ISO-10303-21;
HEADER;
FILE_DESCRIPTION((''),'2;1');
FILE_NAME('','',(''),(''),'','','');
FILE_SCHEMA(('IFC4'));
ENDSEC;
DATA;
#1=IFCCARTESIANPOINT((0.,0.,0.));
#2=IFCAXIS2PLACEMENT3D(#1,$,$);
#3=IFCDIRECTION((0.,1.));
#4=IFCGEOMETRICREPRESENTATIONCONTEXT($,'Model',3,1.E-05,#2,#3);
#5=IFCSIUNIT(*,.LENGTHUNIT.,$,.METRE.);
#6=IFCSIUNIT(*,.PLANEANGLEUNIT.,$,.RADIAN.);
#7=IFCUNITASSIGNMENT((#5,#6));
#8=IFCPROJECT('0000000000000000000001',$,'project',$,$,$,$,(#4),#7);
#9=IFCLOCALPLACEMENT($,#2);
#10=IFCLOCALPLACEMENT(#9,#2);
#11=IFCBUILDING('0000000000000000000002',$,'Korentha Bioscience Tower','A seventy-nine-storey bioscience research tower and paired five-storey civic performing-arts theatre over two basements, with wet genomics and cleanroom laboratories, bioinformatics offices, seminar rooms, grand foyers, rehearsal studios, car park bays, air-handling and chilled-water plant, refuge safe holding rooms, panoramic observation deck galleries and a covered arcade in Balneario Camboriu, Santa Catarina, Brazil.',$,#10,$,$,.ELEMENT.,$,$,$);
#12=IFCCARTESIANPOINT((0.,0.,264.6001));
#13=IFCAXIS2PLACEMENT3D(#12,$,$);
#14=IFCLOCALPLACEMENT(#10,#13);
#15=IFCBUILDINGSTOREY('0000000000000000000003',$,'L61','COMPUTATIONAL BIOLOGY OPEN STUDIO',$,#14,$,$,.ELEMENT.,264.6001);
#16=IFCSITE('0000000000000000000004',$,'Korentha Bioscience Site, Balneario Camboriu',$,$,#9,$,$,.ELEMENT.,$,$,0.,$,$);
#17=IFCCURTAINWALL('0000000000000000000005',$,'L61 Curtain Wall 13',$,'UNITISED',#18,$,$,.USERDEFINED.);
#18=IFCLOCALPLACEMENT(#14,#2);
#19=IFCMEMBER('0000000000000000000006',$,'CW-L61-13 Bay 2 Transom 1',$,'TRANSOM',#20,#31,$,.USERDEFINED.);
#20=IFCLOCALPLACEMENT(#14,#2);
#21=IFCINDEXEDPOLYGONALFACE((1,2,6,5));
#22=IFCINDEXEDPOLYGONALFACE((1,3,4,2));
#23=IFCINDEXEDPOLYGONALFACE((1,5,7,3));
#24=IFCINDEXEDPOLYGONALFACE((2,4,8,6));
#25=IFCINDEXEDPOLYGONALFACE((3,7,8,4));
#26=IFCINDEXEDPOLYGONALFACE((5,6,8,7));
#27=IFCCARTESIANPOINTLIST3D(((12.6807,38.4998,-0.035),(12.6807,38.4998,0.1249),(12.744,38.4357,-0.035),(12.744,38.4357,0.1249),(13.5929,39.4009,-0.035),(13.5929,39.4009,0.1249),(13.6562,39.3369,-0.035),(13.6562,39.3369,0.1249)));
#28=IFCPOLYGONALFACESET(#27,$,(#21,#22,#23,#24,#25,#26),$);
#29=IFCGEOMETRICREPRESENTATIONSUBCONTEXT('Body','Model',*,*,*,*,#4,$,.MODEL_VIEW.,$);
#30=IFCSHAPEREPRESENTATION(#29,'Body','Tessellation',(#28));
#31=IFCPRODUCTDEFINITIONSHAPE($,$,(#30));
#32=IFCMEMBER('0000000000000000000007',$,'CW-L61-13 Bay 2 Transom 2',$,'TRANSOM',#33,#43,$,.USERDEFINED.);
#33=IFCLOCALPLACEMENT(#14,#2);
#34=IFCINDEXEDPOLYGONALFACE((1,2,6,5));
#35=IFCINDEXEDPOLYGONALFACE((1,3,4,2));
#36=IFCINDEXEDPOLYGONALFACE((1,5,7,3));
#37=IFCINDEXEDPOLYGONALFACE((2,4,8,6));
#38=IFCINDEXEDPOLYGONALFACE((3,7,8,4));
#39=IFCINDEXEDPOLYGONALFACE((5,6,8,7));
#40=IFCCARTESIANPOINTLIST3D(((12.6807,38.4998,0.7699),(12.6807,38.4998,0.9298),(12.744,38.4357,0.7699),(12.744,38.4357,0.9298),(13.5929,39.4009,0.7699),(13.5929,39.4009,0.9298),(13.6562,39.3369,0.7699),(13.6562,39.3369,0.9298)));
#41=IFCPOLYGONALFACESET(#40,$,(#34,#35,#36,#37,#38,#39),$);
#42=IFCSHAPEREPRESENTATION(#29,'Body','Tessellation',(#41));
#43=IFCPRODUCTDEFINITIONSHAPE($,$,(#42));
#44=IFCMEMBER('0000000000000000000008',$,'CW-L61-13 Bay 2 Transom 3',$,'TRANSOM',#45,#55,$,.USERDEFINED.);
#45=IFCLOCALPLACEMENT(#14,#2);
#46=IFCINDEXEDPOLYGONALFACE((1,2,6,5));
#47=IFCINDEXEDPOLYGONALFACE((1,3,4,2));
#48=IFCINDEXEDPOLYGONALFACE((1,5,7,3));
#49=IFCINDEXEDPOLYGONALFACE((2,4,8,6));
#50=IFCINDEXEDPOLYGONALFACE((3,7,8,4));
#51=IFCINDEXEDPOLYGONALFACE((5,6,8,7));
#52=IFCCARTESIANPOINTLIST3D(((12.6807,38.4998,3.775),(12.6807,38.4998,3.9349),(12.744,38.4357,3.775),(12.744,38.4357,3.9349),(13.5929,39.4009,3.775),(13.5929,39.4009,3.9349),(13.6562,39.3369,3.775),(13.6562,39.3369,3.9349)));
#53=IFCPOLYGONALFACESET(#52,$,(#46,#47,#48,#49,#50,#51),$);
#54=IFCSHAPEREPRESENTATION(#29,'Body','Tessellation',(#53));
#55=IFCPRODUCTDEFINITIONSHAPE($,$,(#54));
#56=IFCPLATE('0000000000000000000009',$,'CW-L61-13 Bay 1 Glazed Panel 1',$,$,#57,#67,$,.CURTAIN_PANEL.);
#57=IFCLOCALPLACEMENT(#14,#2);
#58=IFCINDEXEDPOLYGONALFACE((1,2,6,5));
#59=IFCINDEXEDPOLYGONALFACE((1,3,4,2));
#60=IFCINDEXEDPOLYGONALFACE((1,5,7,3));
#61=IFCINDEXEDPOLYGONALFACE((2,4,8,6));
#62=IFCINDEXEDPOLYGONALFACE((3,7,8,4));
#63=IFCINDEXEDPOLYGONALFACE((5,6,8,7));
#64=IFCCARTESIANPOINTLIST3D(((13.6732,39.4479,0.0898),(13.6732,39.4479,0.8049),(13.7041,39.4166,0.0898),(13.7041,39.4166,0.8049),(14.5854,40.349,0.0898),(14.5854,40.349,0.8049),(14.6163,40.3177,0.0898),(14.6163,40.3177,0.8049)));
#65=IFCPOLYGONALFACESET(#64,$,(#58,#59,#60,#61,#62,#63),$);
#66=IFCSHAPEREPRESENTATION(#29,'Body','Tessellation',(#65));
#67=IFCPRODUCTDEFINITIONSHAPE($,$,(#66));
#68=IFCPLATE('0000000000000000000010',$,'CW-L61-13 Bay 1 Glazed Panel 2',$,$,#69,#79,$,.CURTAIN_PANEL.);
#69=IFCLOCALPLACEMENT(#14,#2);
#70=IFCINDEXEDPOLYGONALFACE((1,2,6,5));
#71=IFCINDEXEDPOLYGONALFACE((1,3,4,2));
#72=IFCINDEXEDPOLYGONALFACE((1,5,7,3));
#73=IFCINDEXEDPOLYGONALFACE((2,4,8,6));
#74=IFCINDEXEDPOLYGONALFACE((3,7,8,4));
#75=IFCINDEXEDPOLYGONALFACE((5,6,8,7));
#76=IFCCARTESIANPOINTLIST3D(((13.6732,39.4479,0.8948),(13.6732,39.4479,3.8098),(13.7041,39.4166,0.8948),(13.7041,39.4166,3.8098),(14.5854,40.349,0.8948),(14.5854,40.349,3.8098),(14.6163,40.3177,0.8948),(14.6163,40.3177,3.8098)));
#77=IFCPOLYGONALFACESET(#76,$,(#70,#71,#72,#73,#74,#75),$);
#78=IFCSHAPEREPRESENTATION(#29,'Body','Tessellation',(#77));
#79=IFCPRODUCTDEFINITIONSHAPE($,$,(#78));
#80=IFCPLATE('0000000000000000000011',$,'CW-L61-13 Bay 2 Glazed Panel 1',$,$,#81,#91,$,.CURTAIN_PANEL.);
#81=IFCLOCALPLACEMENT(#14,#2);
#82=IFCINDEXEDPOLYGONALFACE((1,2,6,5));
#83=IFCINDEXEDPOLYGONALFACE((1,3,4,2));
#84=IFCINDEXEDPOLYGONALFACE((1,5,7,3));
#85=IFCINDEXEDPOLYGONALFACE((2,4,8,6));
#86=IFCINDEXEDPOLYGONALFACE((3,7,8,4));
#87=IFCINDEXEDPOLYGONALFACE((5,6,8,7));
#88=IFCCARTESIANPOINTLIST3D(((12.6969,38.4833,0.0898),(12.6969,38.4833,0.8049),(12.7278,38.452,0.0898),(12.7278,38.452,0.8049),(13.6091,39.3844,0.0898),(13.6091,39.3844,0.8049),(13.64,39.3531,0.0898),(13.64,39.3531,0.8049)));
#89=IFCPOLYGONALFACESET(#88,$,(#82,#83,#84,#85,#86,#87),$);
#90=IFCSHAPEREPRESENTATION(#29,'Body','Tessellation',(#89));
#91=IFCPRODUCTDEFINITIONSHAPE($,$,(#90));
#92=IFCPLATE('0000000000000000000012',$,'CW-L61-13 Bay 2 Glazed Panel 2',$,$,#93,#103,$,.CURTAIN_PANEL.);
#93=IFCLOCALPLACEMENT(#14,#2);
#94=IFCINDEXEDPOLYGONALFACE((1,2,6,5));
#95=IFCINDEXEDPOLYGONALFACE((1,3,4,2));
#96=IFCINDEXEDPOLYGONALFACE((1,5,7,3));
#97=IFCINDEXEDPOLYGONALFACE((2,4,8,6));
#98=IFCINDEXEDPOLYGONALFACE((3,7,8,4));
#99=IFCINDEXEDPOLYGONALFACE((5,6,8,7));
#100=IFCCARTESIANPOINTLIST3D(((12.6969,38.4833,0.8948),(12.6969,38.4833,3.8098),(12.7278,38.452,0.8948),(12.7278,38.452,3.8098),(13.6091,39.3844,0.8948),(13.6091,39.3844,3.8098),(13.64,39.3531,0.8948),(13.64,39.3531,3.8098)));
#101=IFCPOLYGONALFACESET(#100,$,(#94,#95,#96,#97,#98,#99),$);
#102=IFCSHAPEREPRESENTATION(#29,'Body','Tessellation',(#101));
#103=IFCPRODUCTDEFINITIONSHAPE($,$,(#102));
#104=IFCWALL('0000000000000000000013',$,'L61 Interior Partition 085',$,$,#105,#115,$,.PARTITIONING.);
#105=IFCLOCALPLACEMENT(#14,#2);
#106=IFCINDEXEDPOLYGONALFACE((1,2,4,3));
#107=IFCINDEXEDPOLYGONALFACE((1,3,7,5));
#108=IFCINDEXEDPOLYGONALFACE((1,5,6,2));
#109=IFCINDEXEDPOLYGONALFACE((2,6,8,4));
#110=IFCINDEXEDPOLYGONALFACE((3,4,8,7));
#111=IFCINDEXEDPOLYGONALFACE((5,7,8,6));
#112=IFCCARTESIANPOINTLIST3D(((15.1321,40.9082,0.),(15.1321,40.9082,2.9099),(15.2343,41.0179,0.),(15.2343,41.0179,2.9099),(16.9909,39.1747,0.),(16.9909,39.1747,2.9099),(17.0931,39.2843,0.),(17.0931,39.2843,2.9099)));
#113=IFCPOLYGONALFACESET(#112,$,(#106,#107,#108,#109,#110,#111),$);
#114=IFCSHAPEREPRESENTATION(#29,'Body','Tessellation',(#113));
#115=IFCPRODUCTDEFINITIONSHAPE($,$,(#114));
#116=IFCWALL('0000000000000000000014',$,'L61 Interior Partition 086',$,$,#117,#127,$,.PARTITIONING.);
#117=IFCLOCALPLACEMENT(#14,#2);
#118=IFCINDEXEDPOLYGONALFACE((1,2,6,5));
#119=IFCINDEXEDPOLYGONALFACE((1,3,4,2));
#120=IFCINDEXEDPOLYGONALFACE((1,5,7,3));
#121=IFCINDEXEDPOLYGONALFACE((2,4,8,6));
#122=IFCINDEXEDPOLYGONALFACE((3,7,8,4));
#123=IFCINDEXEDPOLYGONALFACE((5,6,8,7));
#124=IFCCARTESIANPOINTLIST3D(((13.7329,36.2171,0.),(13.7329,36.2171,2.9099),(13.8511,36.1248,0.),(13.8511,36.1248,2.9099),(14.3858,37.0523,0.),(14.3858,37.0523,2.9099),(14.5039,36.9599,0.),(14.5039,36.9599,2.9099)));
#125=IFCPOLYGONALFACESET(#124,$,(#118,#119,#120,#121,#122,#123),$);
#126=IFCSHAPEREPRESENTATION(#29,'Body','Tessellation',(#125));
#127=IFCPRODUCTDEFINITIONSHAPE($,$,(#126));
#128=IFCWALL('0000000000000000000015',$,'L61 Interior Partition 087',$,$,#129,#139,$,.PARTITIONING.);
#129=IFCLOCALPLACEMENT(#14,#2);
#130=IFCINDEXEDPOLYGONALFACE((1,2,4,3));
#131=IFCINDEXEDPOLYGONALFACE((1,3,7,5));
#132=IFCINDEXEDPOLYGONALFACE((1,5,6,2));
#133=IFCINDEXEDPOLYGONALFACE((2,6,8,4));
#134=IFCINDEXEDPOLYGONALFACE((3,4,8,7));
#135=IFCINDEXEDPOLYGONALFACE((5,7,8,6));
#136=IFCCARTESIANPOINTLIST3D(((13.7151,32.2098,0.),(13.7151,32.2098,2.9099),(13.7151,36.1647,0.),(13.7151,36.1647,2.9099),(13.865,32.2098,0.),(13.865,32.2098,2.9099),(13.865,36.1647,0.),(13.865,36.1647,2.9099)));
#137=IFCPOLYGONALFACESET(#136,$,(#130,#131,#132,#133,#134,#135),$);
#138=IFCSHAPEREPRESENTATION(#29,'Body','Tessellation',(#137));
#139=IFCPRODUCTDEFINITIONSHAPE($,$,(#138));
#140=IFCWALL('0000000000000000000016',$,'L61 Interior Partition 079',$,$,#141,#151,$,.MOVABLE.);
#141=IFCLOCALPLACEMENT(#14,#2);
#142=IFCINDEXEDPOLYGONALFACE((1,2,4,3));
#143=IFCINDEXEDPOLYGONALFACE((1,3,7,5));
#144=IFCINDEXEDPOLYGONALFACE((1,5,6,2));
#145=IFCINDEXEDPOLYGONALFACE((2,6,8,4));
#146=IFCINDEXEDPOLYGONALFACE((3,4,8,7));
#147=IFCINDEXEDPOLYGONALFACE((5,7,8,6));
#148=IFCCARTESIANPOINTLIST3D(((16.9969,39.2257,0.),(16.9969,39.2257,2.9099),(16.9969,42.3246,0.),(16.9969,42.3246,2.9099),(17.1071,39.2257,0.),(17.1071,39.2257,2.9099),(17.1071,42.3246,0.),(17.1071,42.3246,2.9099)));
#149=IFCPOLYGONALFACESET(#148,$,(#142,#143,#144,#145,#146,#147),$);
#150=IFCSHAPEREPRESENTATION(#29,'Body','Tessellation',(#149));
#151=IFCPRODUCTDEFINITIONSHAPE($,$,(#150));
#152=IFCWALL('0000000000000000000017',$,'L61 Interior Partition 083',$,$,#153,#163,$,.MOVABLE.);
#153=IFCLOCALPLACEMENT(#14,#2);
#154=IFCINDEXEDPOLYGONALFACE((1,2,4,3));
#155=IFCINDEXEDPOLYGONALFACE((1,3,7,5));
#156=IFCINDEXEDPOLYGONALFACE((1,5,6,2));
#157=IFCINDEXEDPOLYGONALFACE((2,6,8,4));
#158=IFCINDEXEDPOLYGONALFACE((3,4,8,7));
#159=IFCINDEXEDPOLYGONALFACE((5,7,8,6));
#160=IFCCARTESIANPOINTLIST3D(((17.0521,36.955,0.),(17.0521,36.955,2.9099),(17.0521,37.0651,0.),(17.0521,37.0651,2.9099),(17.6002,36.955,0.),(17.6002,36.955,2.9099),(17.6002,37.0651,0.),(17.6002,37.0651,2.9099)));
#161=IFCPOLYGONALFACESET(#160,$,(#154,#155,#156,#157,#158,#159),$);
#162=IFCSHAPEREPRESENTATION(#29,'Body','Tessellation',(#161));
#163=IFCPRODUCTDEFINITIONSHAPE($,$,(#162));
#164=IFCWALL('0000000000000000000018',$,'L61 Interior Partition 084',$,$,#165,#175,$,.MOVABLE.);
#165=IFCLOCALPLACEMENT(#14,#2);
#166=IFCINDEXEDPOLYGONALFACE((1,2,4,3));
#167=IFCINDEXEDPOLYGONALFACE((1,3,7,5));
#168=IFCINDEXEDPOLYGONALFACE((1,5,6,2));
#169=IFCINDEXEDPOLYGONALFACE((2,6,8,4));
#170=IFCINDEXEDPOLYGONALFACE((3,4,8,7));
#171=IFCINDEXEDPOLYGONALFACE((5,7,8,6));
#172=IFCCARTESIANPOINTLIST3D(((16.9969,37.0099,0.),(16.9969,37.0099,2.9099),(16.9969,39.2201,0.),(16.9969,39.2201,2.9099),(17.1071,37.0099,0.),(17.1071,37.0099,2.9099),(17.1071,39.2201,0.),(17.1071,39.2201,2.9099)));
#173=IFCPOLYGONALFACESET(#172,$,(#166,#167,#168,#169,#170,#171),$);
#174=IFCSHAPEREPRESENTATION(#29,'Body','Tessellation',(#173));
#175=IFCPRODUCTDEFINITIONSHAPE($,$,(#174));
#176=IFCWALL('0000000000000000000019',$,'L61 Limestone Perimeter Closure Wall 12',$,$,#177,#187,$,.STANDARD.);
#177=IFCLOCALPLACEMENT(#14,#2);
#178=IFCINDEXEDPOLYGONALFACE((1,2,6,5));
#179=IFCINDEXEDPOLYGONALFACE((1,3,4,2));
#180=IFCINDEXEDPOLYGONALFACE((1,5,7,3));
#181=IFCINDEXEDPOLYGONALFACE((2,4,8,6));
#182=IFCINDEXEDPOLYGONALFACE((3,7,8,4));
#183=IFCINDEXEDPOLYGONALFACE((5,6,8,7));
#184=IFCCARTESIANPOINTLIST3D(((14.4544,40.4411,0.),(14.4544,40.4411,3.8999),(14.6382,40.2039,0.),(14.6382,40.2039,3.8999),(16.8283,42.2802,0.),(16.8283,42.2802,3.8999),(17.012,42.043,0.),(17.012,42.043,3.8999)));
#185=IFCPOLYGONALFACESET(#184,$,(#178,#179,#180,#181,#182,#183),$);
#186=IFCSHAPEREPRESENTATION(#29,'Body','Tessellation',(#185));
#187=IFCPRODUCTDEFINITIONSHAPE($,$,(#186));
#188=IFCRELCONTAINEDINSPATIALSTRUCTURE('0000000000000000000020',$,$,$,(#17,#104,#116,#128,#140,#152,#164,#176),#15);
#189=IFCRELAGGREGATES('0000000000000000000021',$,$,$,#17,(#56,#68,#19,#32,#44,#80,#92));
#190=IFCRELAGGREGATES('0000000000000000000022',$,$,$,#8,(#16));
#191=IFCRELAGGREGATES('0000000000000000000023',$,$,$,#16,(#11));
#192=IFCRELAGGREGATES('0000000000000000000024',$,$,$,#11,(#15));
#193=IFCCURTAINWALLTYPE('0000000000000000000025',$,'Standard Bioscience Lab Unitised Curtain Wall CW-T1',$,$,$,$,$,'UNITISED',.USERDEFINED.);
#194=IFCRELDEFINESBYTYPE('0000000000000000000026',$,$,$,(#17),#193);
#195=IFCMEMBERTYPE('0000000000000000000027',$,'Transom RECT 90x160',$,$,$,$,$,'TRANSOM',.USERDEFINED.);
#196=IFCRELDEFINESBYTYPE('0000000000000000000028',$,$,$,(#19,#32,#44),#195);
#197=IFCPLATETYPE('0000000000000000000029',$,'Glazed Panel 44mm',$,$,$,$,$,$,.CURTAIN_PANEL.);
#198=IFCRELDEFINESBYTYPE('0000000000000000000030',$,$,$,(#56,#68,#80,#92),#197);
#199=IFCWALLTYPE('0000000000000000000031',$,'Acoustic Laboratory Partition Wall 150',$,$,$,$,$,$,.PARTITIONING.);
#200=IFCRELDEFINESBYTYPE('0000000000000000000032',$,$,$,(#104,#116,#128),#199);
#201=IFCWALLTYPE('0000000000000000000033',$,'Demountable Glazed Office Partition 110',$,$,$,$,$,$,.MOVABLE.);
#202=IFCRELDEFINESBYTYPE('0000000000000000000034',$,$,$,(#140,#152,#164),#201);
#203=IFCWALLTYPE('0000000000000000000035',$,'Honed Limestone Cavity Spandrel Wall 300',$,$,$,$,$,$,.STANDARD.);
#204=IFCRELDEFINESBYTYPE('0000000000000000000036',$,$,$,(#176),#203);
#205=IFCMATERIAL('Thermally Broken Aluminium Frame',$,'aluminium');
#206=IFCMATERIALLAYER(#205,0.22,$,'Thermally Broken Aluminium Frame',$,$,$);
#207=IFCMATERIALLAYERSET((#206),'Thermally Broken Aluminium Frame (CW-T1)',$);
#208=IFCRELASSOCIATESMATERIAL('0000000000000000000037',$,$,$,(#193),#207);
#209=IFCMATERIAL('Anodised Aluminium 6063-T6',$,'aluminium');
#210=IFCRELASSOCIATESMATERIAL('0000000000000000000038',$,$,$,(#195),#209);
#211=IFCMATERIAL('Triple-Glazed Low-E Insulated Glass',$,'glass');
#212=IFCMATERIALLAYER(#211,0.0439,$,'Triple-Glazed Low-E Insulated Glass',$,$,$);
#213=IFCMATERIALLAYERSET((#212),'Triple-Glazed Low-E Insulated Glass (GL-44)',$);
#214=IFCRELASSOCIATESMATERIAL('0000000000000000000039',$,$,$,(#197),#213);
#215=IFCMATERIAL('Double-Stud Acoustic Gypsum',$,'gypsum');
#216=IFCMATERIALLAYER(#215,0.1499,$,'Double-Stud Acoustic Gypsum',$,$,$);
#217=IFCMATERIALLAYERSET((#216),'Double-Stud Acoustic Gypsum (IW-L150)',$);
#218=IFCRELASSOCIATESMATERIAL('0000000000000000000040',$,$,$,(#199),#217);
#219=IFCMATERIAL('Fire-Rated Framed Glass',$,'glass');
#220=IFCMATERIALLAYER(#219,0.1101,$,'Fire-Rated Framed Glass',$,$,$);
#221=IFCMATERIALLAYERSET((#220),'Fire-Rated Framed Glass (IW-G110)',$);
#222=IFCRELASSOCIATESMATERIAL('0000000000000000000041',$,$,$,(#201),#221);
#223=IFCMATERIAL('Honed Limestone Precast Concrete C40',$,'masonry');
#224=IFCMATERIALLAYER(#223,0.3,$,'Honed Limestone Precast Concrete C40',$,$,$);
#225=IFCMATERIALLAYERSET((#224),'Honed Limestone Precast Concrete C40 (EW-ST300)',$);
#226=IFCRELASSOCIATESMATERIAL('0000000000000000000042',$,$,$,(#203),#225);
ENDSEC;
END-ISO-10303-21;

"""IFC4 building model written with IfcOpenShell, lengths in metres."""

from ifc_helpers import new_model, si_unit, direction, frame, frame_2d, origin, origin_2d, place, context, subcontext, project, spatial, rectangle, extrude, material, layer, layer_set, material_profile, profile_set, type_object, element, aggregate, save


model = new_model("IFC4")

# Units and contexts
model_context = context("Model", 3, precision=1e-05, world=origin(), true_north=direction((0.0, 1.0)))
body_context = subcontext(model_context, "Body", "Model", "MODEL_VIEW")
ifc_project = project(units=[si_unit("LENGTHUNIT", "METRE"), si_unit("PLANEANGLEUNIT", "RADIAN")], contexts=[model_context])

# Site, building, storey
site_placement = place(None, origin())
site = spatial("IfcSite", under=ifc_project, at=site_placement, Name="Korentha Bioscience Site, Balneario Camboriu", CompositionType="ELEMENT", RefElevation=0.0)
building_placement = place(site_placement, origin())
building = spatial("IfcBuilding", under=site, at=building_placement, Name="Korentha Bioscience Tower", Description="A seventy-nine-storey bioscience research tower and paired five-storey civic performing-arts theatre over two basements, with wet genomics and cleanroom laboratories, bioinformatics offices, seminar rooms, grand foyers, rehearsal studios, car park bays, air-handling and chilled-water plant, refuge safe holding rooms, panoramic observation deck galleries and a covered arcade in Balneario Camboriu, Santa Catarina, Brazil.", CompositionType="ELEMENT")
storey_placement = place(building_placement, frame((0.0, 0.0, 264.6001)))
storey = spatial("IfcBuildingStorey", under=building, at=storey_placement, Name="L61", Description="COMPUTATIONAL BIOLOGY OPEN STUDIO", CompositionType="ELEMENT", Elevation=264.6001)

# Curtain wall
ifc_material_1 = material(Name="Thermally Broken Aluminium Frame", Category="aluminium")
ifc_layer_1 = layer(ifc_material_1, 0.22, Name="Thermally Broken Aluminium Frame")
ifc_layer_set_1 = layer_set([ifc_layer_1], Name="Thermally Broken Aluminium Frame (CW-T1)")
curtain_wall_type = type_object("IfcCurtainWallType", Name="Standard Bioscience Lab Unitised Curtain Wall CW-T1", ElementType="UNITISED", PredefinedType="USERDEFINED", material=ifc_layer_set_1)
curtain_wall_placement = place(storey_placement, origin())
curtain_wall = element("IfcCurtainWall", 1, at=curtain_wall_placement, inside=storey, type_object=curtain_wall_type, Name="L61 Curtain Wall 13", ObjectType="UNITISED", PredefinedType="USERDEFINED")
ifc_material_2 = material(Name="Anodised Aluminium 6063-T6", Category="aluminium")

# Members
ifc_material_profile_1 = material_profile(ifc_material_2, rectangle(XDim=0.0901, YDim=0.1599, at=origin_2d()), Name="Anodised Aluminium 6063-T6")
ifc_profile_set_1 = profile_set([ifc_material_profile_1], Name="Anodised Aluminium 6063-T6 (CW-TRN)")
member_type_1 = type_object("IfcMemberType", Name="Transom RECT 90x160", ElementType="TRANSOM", PredefinedType="USERDEFINED", material=ifc_profile_set_1)
member_1_placement = place(storey_placement, frame((13.6245, 39.3689, 0.0449), z_axis=(-0.711378, -0.70281, 0.0), x_axis=(0.70281, -0.711378, 0.0)))
member_1 = element("IfcMember", 2, at=member_1_placement, type_object=member_type_1, Name="CW-L61-13 Bay 2 Transom 1", ObjectType="TRANSOM", PredefinedType="USERDEFINED", context=body_context, shape_type="SweptSolid", body=[
    extrude(rectangle(XDim=0.0901, YDim=0.1599, at=origin_2d()), origin(), (0.0, 0.0, 1.0), 1.2822),
])
member_2_placement = place(storey_placement, frame((13.6245, 39.3689, 0.8499), z_axis=(-0.711378, -0.70281, 0.0), x_axis=(0.70281, -0.711378, 0.0)))
member_2 = element("IfcMember", 3, at=member_2_placement, type_object=member_type_1, Name="CW-L61-13 Bay 2 Transom 2", ObjectType="TRANSOM", PredefinedType="USERDEFINED", context=body_context, shape_type="SweptSolid", body=[
    extrude(rectangle(XDim=0.0901, YDim=0.1599, at=origin_2d()), origin(), (0.0, 0.0, 1.0), 1.2822),
])
member_3_placement = place(storey_placement, frame((13.6245, 39.3689, 3.855), z_axis=(-0.711378, -0.70281, 0.0), x_axis=(0.70281, -0.711378, 0.0)))
member_3 = element("IfcMember", 4, at=member_3_placement, type_object=member_type_1, Name="CW-L61-13 Bay 2 Transom 3", ObjectType="TRANSOM", PredefinedType="USERDEFINED", context=body_context, shape_type="SweptSolid", body=[
    extrude(rectangle(XDim=0.0901, YDim=0.1599, at=origin_2d()), origin(), (0.0, 0.0, 1.0), 1.2822),
])

# Plates
ifc_material_3 = material(Name="Triple-Glazed Low-E Insulated Glass", Category="glass")
ifc_layer_2 = layer(ifc_material_3, 0.0439, Name="Triple-Glazed Low-E Insulated Glass")
ifc_layer_set_2 = layer_set([ifc_layer_2], Name="Triple-Glazed Low-E Insulated Glass (GL-44)")
plate_type = type_object("IfcPlateType", Name="Glazed Panel 44mm", PredefinedType="CURTAIN_PANEL", material=ifc_layer_set_2)
plate_1_placement = place(storey_placement, frame((14.1448, 39.8828, 0.0898), z_axis=(0.0, 0.0, 1.0), x_axis=(-0.711398, -0.70279, 0.0)))
plate_1 = element("IfcPlate", 5, at=plate_1_placement, type_object=plate_type, Name="CW-L61-13 Bay 1 Glazed Panel 1", PredefinedType="CURTAIN_PANEL", context=body_context, shape_type="SweptSolid", body=[
    extrude(rectangle(XDim=1.2822, YDim=0.0439, at=origin_2d()), origin(), (0.0, 0.0, 1.0), 0.7151),
])
plate_2_placement = place(storey_placement, frame((14.1448, 39.8828, 0.8948), z_axis=(0.0, 0.0, 1.0), x_axis=(-0.711398, -0.70279, 0.0)))
plate_2 = element("IfcPlate", 6, at=plate_2_placement, type_object=plate_type, Name="CW-L61-13 Bay 1 Glazed Panel 2", PredefinedType="CURTAIN_PANEL", context=body_context, shape_type="SweptSolid", body=[
    extrude(rectangle(XDim=1.2822, YDim=0.0439, at=origin_2d()), origin(), (0.0, 0.0, 1.0), 2.915),
])
plate_3_placement = place(storey_placement, frame((13.1685, 38.9182, 0.0898), z_axis=(0.0, 0.0, 1.0), x_axis=(-0.711398, -0.70279, 0.0)))
plate_3 = element("IfcPlate", 7, at=plate_3_placement, type_object=plate_type, Name="CW-L61-13 Bay 2 Glazed Panel 1", PredefinedType="CURTAIN_PANEL", context=body_context, shape_type="SweptSolid", body=[
    extrude(rectangle(XDim=1.2822, YDim=0.0439, at=origin_2d()), origin(), (0.0, 0.0, 1.0), 0.7151),
])
plate_4_placement = place(storey_placement, frame((13.1685, 38.9182, 0.8948), z_axis=(0.0, 0.0, 1.0), x_axis=(-0.711398, -0.70279, 0.0)))
plate_4 = element("IfcPlate", 8, at=plate_4_placement, type_object=plate_type, Name="CW-L61-13 Bay 2 Glazed Panel 2", PredefinedType="CURTAIN_PANEL", context=body_context, shape_type="SweptSolid", body=[
    extrude(rectangle(XDim=1.2822, YDim=0.0439, at=origin_2d()), origin(), (0.0, 0.0, 1.0), 2.915),
])
aggregate(curtain_wall, [plate_1, plate_2, member_1, member_2, member_3, plate_3, plate_4])

# Shared definitions
ifc_material_4 = material(Name="Double-Stud Acoustic Gypsum", Category="gypsum")
ifc_layer_3 = layer(ifc_material_4, 0.1499, Name="Double-Stud Acoustic Gypsum")
ifc_layer_set_3 = layer_set([ifc_layer_3], Name="Double-Stud Acoustic Gypsum (IW-L150)")
wall_type_1 = type_object("IfcWallType", Name="Acoustic Laboratory Partition Wall 150", PredefinedType="PARTITIONING", material=ifc_layer_set_3)

# Walls
wall_1_placement = place(storey_placement, frame((15.1831, 40.9631, 0.0), z_axis=(0.0, 0.0, 1.0), x_axis=(0.731314, -0.682041, 0.0)))
element("IfcWall", 9, at=wall_1_placement, inside=storey, type_object=wall_type_1, Name="L61 Interior Partition 085", PredefinedType="PARTITIONING", context=body_context, shape_type="SweptSolid", body=[
    extrude(rectangle(XDim=2.5417, YDim=0.1499, at=frame_2d((1.271, 0.0))), origin(), (0.0, 0.0, 1.0), 2.9099),
])
wall_2_placement = place(storey_placement, frame((14.4448, 37.0061, 0.0), z_axis=(0.0, 0.0, 1.0), x_axis=(-0.615836, -0.787874, 0.0)))
element("IfcWall", 10, at=wall_2_placement, inside=storey, type_object=wall_type_1, Name="L61 Interior Partition 086", PredefinedType="PARTITIONING", context=body_context, shape_type="SweptSolid", body=[
    extrude(rectangle(XDim=1.0601, YDim=0.1499, at=frame_2d((0.53, 0.0))), origin(), (0.0, 0.0, 1.0), 2.9099),
])
wall_3_placement = place(storey_placement, frame((13.79, 36.1648, 0.0), z_axis=(0.0, 0.0, 1.0), x_axis=(0.0, -1.0, 0.0)))
element("IfcWall", 11, at=wall_3_placement, inside=storey, type_object=wall_type_1, Name="L61 Interior Partition 087", PredefinedType="PARTITIONING", context=body_context, shape_type="SweptSolid", body=[
    extrude(rectangle(XDim=3.9548, YDim=0.1499, at=frame_2d((1.9775, 0.0))), origin(), (0.0, 0.0, 1.0), 2.9099),
])
ifc_material_5 = material(Name="Fire-Rated Framed Glass", Category="glass")
ifc_layer_4 = layer(ifc_material_5, 0.1101, Name="Fire-Rated Framed Glass")
ifc_layer_set_4 = layer_set([ifc_layer_4], Name="Fire-Rated Framed Glass (IW-G110)")
wall_type_2 = type_object("IfcWallType", Name="Demountable Glazed Office Partition 110", PredefinedType="MOVABLE", material=ifc_layer_set_4)
wall_4_placement = place(storey_placement, frame((17.052, 39.2258, 0.0), z_axis=(0.0, 0.0, 1.0), x_axis=(0.0, 1.0, 0.0)))
element("IfcWall", 12, at=wall_4_placement, inside=storey, type_object=wall_type_2, Name="L61 Interior Partition 079", PredefinedType="MOVABLE", context=body_context, shape_type="SweptSolid", body=[
    extrude(rectangle(XDim=3.0989, YDim=0.1101, at=frame_2d((1.5493, 0.0))), origin(), (0.0, 0.0, 1.0), 2.9099),
])
wall_5_placement = place(storey_placement, frame((17.6001, 37.01, 0.0), z_axis=(0.0, 0.0, 1.0), x_axis=(-1.0, 0.0, 0.0)))
element("IfcWall", 13, at=wall_5_placement, inside=storey, type_object=wall_type_2, Name="L61 Interior Partition 083", PredefinedType="MOVABLE", context=body_context, shape_type="SweptSolid", body=[
    extrude(rectangle(XDim=0.5481, YDim=0.1101, at=frame_2d((0.2739, 0.0))), origin(), (0.0, 0.0, 1.0), 2.9099),
])
wall_6_placement = place(storey_placement, frame((17.052, 37.01, 0.0), z_axis=(0.0, 0.0, 1.0), x_axis=(0.0, 1.0, 0.0)))
element("IfcWall", 14, at=wall_6_placement, inside=storey, type_object=wall_type_2, Name="L61 Interior Partition 084", PredefinedType="MOVABLE", context=body_context, shape_type="SweptSolid", body=[
    extrude(rectangle(XDim=2.2102, YDim=0.1101, at=frame_2d((1.105, 0.0))), origin(), (0.0, 0.0, 1.0), 2.9099),
])
ifc_material_6 = material(Name="Honed Limestone Precast Concrete C40", Category="masonry")
ifc_layer_5 = layer(ifc_material_6, 0.3, Name="Honed Limestone Precast Concrete C40")
ifc_layer_set_5 = layer_set([ifc_layer_5], Name="Honed Limestone Precast Concrete C40 (EW-ST300)")
wall_type_3 = type_object("IfcWallType", Name="Honed Limestone Cavity Spandrel Wall 300", PredefinedType="STANDARD", material=ifc_layer_set_5)
wall_7_placement = place(storey_placement, frame((16.9202, 42.1616, 0.0), z_axis=(0.0, 0.0, 1.0), x_axis=(-0.790507, -0.612454, 0.0)))
element("IfcWall", 15, at=wall_7_placement, inside=storey, type_object=wall_type_3, Name="L61 Limestone Perimeter Closure Wall 12", PredefinedType="STANDARD", context=body_context, shape_type="SweptSolid", body=[
    extrude(rectangle(XDim=3.0029, YDim=0.3, at=frame_2d((1.5015, 0.0))), origin(), (0.0, 0.0, 1.0), 3.8999),
])

save(model, "model.ifc")
